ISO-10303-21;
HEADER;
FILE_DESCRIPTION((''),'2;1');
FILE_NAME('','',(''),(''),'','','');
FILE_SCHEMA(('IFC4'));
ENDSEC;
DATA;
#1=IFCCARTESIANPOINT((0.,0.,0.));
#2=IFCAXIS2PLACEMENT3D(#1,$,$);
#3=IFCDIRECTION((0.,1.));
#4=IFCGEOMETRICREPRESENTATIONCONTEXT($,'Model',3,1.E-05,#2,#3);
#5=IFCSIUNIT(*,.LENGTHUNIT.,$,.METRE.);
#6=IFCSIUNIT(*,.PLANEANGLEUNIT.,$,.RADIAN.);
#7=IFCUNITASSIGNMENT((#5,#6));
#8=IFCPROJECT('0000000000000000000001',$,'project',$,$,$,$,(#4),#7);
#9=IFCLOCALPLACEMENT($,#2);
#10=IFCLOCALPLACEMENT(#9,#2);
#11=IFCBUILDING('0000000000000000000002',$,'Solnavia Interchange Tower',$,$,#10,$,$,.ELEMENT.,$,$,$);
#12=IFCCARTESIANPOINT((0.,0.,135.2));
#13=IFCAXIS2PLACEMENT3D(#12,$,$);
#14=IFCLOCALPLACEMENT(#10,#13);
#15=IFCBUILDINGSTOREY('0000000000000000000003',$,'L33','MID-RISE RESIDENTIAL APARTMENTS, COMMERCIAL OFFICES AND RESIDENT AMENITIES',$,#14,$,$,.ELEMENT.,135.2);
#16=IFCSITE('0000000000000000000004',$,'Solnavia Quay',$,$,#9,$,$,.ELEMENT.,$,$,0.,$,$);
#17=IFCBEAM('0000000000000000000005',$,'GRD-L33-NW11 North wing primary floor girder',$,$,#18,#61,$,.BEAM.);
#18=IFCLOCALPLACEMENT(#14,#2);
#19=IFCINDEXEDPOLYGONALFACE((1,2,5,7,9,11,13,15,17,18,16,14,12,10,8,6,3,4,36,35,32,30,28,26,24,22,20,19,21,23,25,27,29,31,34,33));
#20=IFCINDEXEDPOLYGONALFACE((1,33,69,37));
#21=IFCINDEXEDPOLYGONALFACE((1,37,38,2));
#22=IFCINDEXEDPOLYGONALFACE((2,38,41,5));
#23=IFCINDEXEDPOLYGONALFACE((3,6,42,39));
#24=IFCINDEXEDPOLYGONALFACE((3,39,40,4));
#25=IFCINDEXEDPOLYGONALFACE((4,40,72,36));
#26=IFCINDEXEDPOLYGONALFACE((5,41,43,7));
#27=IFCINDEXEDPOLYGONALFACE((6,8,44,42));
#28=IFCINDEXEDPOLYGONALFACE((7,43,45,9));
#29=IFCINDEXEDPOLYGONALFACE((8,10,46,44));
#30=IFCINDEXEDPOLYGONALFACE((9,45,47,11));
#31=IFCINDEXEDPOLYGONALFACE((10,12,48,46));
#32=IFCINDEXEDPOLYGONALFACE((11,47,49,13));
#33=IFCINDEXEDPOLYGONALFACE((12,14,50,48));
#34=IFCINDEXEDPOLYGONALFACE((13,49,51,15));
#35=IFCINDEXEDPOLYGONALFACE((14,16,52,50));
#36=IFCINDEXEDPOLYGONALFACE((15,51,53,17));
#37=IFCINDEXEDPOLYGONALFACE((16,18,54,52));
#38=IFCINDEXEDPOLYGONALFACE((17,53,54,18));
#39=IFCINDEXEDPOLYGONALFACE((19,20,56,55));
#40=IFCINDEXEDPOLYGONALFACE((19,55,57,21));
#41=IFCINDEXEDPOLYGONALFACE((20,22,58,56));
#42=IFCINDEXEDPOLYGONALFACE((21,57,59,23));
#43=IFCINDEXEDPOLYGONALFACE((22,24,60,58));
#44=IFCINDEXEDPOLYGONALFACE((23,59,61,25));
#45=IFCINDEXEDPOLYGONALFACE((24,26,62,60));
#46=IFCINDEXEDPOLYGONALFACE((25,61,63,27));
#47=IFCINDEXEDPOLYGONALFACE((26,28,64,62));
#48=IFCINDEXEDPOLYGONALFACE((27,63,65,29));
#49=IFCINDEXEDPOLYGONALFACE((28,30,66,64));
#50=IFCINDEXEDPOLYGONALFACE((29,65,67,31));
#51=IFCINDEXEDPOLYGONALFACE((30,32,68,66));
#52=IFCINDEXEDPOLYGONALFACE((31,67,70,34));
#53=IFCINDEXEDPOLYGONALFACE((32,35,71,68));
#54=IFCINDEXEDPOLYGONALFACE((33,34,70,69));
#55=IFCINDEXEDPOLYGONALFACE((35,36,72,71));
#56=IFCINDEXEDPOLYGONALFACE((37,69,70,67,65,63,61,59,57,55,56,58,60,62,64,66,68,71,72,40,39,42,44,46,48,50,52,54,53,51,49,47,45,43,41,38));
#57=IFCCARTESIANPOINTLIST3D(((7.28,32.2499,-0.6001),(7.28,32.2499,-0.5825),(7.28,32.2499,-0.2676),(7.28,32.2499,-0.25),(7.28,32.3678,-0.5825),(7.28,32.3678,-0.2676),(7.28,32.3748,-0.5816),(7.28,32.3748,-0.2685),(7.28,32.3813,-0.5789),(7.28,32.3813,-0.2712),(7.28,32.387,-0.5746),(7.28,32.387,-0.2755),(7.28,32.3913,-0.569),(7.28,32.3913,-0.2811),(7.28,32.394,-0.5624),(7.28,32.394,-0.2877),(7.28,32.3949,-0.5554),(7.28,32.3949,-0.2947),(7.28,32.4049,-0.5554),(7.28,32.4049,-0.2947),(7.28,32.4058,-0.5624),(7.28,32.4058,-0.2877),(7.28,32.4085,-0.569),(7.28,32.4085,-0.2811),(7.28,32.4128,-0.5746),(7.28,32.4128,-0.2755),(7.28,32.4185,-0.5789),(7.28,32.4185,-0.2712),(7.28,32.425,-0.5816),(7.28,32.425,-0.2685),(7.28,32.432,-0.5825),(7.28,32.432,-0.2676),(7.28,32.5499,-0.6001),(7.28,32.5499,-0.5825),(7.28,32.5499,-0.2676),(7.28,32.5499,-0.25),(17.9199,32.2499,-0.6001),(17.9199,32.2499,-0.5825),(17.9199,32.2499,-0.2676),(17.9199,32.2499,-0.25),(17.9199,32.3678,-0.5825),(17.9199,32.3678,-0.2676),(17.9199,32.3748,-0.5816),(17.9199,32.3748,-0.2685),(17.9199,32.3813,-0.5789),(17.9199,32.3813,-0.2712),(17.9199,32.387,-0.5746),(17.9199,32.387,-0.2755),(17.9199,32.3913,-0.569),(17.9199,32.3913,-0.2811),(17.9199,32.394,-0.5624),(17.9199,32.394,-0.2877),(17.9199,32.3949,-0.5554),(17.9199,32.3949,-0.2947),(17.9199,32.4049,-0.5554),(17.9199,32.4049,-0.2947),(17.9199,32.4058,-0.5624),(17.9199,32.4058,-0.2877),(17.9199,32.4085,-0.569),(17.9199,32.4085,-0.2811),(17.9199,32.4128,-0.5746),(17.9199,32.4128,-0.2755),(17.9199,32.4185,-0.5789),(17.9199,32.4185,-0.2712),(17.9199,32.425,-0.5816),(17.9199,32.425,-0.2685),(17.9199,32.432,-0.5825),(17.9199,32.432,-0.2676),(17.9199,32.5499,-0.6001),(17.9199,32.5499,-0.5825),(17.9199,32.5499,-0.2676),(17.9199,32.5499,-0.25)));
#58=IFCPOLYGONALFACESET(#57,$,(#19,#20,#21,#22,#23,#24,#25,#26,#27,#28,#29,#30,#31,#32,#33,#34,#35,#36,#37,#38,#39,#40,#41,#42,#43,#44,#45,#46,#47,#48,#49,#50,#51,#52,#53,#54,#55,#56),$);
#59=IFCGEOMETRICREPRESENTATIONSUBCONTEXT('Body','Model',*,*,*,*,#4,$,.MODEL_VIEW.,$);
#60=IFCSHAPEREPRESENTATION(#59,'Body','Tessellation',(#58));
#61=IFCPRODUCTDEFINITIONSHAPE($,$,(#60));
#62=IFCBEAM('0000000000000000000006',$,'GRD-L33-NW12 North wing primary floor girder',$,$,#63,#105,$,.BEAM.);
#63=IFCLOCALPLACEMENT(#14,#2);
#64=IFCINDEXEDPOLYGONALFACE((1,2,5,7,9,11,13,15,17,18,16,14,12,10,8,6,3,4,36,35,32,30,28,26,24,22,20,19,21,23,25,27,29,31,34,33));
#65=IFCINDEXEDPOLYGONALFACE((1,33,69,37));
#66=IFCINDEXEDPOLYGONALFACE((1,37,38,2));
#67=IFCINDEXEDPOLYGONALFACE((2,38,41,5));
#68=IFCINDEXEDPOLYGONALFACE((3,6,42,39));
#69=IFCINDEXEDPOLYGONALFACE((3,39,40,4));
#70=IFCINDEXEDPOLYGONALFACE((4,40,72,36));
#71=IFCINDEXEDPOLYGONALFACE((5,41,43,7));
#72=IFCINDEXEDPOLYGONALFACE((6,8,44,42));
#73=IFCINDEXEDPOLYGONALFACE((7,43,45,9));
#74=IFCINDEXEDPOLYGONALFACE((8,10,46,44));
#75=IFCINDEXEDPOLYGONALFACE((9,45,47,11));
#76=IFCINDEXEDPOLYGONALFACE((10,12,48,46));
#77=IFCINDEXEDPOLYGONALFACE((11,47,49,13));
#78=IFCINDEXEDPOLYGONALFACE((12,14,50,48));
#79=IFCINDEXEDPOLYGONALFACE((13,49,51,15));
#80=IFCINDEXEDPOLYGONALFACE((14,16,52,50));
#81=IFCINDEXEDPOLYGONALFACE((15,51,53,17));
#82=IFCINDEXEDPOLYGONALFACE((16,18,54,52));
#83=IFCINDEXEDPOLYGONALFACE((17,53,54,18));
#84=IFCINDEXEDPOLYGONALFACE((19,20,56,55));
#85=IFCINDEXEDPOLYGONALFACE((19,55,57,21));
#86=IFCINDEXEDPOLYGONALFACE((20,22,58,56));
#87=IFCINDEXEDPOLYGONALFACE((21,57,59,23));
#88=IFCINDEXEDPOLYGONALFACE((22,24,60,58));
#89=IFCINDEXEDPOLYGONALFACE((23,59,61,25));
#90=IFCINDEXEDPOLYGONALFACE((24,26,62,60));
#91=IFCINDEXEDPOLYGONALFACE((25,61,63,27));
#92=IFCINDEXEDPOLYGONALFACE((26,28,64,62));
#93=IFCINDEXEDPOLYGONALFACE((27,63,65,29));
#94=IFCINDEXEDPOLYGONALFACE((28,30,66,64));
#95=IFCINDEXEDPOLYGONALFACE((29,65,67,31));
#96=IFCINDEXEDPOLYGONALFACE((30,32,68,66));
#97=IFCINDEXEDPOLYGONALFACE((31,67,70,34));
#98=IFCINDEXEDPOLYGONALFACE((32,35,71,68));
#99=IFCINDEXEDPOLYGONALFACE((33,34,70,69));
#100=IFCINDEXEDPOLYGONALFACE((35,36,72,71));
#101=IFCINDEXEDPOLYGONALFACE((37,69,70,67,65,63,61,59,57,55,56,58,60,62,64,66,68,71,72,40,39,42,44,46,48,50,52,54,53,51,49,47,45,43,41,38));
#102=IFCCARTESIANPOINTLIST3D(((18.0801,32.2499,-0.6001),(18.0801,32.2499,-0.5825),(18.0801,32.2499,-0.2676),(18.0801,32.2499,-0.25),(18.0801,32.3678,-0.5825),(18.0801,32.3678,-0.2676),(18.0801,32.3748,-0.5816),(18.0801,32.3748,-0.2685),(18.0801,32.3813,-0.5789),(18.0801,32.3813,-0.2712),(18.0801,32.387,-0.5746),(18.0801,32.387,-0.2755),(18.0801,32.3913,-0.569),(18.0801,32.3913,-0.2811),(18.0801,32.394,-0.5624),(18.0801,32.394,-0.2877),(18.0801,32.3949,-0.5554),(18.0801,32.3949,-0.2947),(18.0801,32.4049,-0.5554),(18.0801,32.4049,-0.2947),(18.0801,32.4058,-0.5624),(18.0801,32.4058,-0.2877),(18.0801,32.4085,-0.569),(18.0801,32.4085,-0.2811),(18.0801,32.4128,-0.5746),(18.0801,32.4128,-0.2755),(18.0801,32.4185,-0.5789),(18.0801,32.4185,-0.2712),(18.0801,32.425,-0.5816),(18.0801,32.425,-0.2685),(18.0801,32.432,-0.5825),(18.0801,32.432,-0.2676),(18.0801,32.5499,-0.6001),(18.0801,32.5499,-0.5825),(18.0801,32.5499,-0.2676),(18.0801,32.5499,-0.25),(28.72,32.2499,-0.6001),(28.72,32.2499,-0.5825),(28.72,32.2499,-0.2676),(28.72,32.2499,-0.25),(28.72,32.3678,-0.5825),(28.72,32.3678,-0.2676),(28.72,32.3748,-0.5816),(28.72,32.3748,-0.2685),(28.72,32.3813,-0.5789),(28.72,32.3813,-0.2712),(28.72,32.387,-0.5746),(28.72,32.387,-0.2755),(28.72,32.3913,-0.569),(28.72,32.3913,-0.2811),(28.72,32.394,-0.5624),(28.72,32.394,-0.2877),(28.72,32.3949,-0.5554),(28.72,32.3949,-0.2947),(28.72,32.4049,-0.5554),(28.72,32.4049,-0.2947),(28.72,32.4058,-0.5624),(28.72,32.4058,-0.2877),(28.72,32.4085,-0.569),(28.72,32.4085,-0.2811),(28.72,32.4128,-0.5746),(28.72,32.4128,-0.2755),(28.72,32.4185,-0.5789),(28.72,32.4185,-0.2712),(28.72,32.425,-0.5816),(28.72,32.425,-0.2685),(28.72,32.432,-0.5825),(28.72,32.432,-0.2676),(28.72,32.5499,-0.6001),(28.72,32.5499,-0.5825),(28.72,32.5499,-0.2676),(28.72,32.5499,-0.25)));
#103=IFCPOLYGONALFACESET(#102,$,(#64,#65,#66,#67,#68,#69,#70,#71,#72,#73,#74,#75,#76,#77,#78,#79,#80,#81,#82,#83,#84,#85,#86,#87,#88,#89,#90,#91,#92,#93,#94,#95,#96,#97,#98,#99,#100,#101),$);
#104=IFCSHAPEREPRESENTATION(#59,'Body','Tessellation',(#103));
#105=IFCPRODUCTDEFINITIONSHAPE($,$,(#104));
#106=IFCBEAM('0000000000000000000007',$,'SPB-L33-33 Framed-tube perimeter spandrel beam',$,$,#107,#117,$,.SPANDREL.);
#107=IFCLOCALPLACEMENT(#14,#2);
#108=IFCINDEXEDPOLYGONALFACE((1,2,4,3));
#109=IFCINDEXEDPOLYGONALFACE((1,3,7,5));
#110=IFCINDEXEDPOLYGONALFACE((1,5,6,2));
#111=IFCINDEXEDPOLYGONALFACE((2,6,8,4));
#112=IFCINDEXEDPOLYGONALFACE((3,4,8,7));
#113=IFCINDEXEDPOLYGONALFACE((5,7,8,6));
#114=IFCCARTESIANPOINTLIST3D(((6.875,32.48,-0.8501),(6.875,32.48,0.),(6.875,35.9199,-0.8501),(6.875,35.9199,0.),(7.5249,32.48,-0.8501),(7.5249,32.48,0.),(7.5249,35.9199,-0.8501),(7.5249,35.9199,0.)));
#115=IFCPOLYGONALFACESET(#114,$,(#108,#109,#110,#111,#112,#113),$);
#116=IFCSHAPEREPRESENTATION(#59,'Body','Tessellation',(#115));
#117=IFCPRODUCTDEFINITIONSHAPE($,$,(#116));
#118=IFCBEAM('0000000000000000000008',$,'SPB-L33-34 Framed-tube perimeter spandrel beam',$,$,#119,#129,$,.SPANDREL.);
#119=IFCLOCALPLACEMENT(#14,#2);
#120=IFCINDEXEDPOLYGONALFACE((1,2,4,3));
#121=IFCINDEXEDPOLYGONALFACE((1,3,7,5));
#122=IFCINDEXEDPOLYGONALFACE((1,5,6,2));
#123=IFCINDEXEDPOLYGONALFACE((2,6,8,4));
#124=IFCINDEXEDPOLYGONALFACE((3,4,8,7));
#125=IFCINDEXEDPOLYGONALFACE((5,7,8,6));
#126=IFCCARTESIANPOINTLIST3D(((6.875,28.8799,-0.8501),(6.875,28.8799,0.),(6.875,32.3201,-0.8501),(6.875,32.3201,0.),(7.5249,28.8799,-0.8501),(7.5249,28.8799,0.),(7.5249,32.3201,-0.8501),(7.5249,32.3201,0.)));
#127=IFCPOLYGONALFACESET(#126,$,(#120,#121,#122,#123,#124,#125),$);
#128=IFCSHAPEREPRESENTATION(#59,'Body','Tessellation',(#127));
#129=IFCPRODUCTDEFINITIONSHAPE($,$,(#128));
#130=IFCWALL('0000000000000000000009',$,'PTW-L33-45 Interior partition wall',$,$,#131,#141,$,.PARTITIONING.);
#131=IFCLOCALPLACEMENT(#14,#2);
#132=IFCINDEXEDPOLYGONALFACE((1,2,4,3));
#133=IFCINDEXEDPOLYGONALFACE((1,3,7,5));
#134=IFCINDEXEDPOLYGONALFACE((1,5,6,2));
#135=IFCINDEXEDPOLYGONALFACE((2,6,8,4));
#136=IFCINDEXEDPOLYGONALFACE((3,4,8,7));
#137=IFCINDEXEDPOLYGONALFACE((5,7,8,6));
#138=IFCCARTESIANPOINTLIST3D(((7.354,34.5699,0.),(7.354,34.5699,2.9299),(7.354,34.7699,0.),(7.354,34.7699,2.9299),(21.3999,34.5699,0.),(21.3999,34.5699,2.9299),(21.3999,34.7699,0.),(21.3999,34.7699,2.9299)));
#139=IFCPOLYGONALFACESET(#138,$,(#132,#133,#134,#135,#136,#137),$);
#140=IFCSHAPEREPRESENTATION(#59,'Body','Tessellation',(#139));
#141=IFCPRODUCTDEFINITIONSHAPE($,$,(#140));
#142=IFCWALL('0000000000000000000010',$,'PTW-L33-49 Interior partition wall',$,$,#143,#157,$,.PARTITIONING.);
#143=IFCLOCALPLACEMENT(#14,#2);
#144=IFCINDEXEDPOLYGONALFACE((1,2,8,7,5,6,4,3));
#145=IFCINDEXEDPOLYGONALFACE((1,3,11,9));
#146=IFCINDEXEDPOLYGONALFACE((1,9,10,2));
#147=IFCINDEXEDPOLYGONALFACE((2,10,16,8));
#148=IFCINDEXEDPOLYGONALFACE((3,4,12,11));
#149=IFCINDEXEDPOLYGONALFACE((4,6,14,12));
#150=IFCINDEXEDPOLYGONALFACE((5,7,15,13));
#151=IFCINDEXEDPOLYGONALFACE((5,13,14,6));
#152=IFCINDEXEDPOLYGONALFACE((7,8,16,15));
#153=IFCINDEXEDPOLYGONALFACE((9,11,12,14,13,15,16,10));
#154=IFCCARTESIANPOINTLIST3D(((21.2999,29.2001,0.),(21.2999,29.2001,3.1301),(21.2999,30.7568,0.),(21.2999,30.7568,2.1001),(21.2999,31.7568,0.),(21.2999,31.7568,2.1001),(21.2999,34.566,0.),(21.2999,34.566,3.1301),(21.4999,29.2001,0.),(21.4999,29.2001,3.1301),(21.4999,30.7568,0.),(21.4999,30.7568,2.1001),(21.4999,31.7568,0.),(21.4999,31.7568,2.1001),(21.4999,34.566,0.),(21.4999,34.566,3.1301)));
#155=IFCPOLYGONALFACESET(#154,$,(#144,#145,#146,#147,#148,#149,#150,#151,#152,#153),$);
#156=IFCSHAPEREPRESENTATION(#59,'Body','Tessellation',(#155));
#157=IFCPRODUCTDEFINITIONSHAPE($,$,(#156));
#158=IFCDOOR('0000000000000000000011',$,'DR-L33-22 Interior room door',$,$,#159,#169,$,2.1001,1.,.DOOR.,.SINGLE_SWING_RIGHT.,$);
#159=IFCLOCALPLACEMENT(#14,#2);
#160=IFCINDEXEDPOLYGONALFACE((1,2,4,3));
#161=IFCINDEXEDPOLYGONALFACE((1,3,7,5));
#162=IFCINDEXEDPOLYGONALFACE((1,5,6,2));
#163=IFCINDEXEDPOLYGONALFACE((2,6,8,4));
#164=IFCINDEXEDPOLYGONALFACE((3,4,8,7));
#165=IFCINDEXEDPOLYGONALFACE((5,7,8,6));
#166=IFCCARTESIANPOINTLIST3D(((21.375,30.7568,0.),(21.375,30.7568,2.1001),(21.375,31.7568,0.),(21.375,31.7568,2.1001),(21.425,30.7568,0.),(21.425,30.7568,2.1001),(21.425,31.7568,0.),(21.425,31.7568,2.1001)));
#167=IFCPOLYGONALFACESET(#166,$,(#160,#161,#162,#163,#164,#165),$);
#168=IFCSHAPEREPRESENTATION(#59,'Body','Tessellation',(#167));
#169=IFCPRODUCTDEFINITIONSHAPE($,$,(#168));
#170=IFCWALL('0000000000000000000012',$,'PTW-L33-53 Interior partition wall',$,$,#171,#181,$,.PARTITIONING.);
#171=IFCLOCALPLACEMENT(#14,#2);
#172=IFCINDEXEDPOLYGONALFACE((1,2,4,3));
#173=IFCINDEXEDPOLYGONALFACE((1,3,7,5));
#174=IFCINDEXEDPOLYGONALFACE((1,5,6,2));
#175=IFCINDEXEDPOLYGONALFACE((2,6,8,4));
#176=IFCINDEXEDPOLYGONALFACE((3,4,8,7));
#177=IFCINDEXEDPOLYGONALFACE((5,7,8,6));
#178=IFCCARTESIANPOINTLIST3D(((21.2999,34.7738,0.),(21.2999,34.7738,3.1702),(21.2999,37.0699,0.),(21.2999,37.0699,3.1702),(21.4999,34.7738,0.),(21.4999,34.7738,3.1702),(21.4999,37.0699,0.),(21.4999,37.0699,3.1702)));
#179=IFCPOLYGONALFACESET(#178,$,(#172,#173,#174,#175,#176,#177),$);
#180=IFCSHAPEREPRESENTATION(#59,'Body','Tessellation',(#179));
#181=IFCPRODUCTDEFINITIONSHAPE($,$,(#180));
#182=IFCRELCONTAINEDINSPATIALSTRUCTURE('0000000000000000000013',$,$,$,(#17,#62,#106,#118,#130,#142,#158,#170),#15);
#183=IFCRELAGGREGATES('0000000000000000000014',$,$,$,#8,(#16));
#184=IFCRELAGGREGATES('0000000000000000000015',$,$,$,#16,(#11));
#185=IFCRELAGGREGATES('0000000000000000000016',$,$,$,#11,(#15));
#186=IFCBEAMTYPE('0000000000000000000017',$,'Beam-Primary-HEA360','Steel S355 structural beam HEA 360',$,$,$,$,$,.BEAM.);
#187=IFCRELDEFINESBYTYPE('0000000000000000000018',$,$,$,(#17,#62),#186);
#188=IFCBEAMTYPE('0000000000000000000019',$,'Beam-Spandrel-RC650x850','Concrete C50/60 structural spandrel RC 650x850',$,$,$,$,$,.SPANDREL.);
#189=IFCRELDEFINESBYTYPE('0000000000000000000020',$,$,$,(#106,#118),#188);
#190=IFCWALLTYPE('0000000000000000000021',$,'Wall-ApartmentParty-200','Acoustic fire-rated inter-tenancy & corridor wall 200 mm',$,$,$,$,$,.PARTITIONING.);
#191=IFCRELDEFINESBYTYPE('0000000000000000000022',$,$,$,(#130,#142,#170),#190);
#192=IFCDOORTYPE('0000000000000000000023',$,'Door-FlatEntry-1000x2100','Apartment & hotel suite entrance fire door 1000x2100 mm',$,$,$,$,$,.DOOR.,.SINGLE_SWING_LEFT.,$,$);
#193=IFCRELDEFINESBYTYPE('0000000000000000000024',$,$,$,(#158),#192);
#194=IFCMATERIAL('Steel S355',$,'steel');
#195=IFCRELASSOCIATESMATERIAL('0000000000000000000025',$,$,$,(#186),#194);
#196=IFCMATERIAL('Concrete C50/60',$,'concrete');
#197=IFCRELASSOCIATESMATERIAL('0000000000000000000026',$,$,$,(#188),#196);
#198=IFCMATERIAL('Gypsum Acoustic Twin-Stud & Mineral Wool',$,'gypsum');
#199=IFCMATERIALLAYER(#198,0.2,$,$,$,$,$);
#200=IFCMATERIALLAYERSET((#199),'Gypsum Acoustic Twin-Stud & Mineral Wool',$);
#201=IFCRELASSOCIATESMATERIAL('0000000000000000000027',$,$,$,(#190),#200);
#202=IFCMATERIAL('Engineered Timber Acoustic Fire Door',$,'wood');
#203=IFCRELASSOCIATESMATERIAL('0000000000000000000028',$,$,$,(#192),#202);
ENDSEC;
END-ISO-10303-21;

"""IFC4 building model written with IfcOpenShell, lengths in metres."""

from ifc_helpers import new_model, si_unit, direction, frame, frame_2d, origin, origin_2d, place, context, subcontext, project, spatial, rectangle, i_section, extrude, material, layer, layer_set, material_profile, profile_set, type_object, element, fill, save


model = new_model("IFC4")

# Units and contexts
model_context = context("Model", 3, precision=1e-05, world=origin(), true_north=direction((0.0, 1.0)))
body_context = subcontext(model_context, "Body", "Model", "MODEL_VIEW")
ifc_project = project(units=[si_unit("LENGTHUNIT", "METRE"), si_unit("PLANEANGLEUNIT", "RADIAN")], contexts=[model_context])

# Site, building, storey
site_placement = place(None, origin())
site = spatial("IfcSite", under=ifc_project, at=site_placement, Name="Solnavia Quay", CompositionType="ELEMENT", RefElevation=0.0)
building_placement = place(site_placement, origin())
building = spatial("IfcBuilding", under=site, at=building_placement, Name="Solnavia Interchange Tower", CompositionType="ELEMENT")
storey_placement = place(building_placement, frame((0.0, 0.0, 135.2)))
storey = spatial("IfcBuildingStorey", under=building, at=storey_placement, Name="L33", Description="MID-RISE RESIDENTIAL APARTMENTS, COMMERCIAL OFFICES AND RESIDENT AMENITIES", CompositionType="ELEMENT", Elevation=135.2)

# Shared definitions
ifc_material_1 = material(Name="Concrete C50/60", Category="concrete")
ifc_material_2 = material(Name="Steel S355", Category="steel")

# Beams
ifc_material_profile_1 = material_profile(ifc_material_2, i_section(OverallWidth=0.3, OverallDepth=0.3501, WebThickness=0.01, FlangeThickness=0.0176, FilletRadius=0.0271, at=origin_2d()), Name="HEA 360")
ifc_profile_set_1 = profile_set([ifc_material_profile_1], Name="Steel S355")
beam_type_1 = type_object("IfcBeamType", Name="Beam-Primary-HEA360", Description="Steel S355 structural beam HEA 360", PredefinedType="BEAM", material=ifc_profile_set_1)
for number, where, z_axis, x_axis, name in (
    (1, (7.28, 32.3999, -0.425), (1.0, 0.0, 0.0), (0.0, 1.0, 0.0), "GRD-L33-NW11 North wing primary floor girder"),
    (2, (18.0801, 32.3999, -0.425), (1.0, 0.0, 0.0), (0.0, 1.0, 0.0), "GRD-L33-NW12 North wing primary floor girder"),
):
    element("IfcBeam", number, at=place(storey_placement, frame(where, z_axis=z_axis, x_axis=x_axis)), inside=storey, type_object=beam_type_1, Name=name, PredefinedType="BEAM", context=body_context, shape_type="SweptSolid", body=[
        extrude(i_section(OverallWidth=0.3, OverallDepth=0.3501, WebThickness=0.01, FlangeThickness=0.0176, FilletRadius=0.0271, at=origin_2d()), origin(), (0.0, 0.0, 1.0), 10.6399),
    ])
ifc_material_profile_2 = material_profile(ifc_material_1, rectangle(XDim=0.6499, YDim=0.8501, at=origin_2d()), Name="RC 650x850")
ifc_profile_set_2 = profile_set([ifc_material_profile_2], Name="Concrete C50/60")
beam_type_2 = type_object("IfcBeamType", Name="Beam-Spandrel-RC650x850", Description="Concrete C50/60 structural spandrel RC 650x850", PredefinedType="SPANDREL", material=ifc_profile_set_2)
beam_1_placement = place(storey_placement, frame((7.2, 35.9199, -0.425), z_axis=(0.0, -1.0, 0.0), x_axis=(1.0, 0.0, 0.0)))
element("IfcBeam", 3, at=beam_1_placement, inside=storey, type_object=beam_type_2, Name="SPB-L33-33 Framed-tube perimeter spandrel beam", PredefinedType="SPANDREL", context=body_context, shape_type="SweptSolid", body=[
    extrude(rectangle(XDim=0.6499, YDim=0.8501, at=origin_2d()), origin(), (0.0, 0.0, 1.0), 3.4399),
])
beam_2_placement = place(storey_placement, frame((7.2, 32.3201, -0.425), z_axis=(0.0, -1.0, 0.0), x_axis=(1.0, 0.0, 0.0)))
element("IfcBeam", 4, at=beam_2_placement, inside=storey, type_object=beam_type_2, Name="SPB-L33-34 Framed-tube perimeter spandrel beam", PredefinedType="SPANDREL", context=body_context, shape_type="SweptSolid", body=[
    extrude(rectangle(XDim=0.6499, YDim=0.8501, at=origin_2d()), origin(), (0.0, 0.0, 1.0), 3.4402),
])

# Wall
ifc_material_3 = material(Name="Gypsum Acoustic Twin-Stud & Mineral Wool", Category="gypsum")
ifc_layer_1 = layer(ifc_material_3, 0.2)
ifc_layer_set_1 = layer_set([ifc_layer_1], Name="Gypsum Acoustic Twin-Stud & Mineral Wool")
wall_type_1 = type_object("IfcWallType", Name="Wall-ApartmentParty-200", Description="Acoustic fire-rated inter-tenancy & corridor wall 200 mm", PredefinedType="PARTITIONING", material=ifc_layer_set_1)
wall_1_placement = place(storey_placement, frame((7.354, 34.6699, 0.0), z_axis=(0.0, 0.0, 1.0), x_axis=(1.0, 0.0, 0.0)))
element("IfcWall", 5, at=wall_1_placement, inside=storey, type_object=wall_type_1, Name="PTW-L33-45 Interior partition wall", PredefinedType="PARTITIONING", context=body_context, shape_type="SweptSolid", body=[
    extrude(rectangle(XDim=14.0459, YDim=0.2, at=frame_2d((7.0229, 0.0))), origin(), (0.0, 0.0, 1.0), 2.9299),
])

# Wall, opening, door
wall_2_placement = place(storey_placement, frame((21.3999, 29.2, 0.0), z_axis=(0.0, 0.0, 1.0), x_axis=(0.0, 1.0, 0.0)))
wall_2 = element("IfcWall", 6, at=wall_2_placement, inside=storey, type_object=wall_type_1, Name="PTW-L33-49 Interior partition wall", PredefinedType="PARTITIONING", context=body_context, shape_type="SweptSolid", body=[
    extrude(rectangle(XDim=5.366, YDim=0.2, at=frame_2d((2.6831, 0.0))), origin(), (0.0, 0.0, 1.0), 3.1301),
])
opening_1_placement = place(wall_2_placement, frame((1.5569, 0.0, 0.0)))
opening_1 = element("IfcOpeningElement", 7, at=opening_1_placement, cuts=wall_2, PredefinedType="OPENING", context=body_context, shape_type="SweptSolid", body=[
    extrude(rectangle(XDim=1.0, YDim=2.1001, at=frame_2d((0.5, 1.05))), frame((0.0, 0.1099, 0.0), z_axis=(0.0, -1.0, 0.0), x_axis=(1.0, 0.0, 0.0)), (0.0, 0.0, 1.0), 0.22),
])
ifc_material_4 = material(Name="Engineered Timber Acoustic Fire Door", Category="wood")
door_type_1 = type_object("IfcDoorType", Name="Door-FlatEntry-1000x2100", Description="Apartment & hotel suite entrance fire door 1000x2100 mm", OperationType="SINGLE_SWING_LEFT", PredefinedType="DOOR", material=ifc_material_4)
door_1_placement = place(opening_1_placement, origin())
door_1 = element("IfcDoor", 8, at=door_1_placement, inside=storey, type_object=door_type_1, Name="DR-L33-22 Interior room door", OperationType="SINGLE_SWING_RIGHT", OverallHeight=2.1001, OverallWidth=1.0, PredefinedType="DOOR", context=body_context, shape_type="SweptSolid", body=[
    extrude(rectangle(XDim=1.0, YDim=2.1001, at=frame_2d((0.5, 1.05))), frame((0.0, 0.0249, 0.0), z_axis=(0.0, -1.0, 0.0), x_axis=(1.0, 0.0, 0.0)), (0.0, 0.0, 1.0), 0.05),
])
fill(opening_1, door_1)

# Wall
wall_3_placement = place(storey_placement, frame((21.3999, 34.7739, 0.0), z_axis=(0.0, 0.0, 1.0), x_axis=(0.0, 1.0, 0.0)))
element("IfcWall", 9, at=wall_3_placement, inside=storey, type_object=wall_type_1, Name="PTW-L33-53 Interior partition wall", PredefinedType="PARTITIONING", context=body_context, shape_type="SweptSolid", body=[
    extrude(rectangle(XDim=2.2961, YDim=0.2, at=frame_2d((1.1479, 0.0))), origin(), (0.0, 0.0, 1.0), 3.1702),
])

save(model, "model.ifc")
